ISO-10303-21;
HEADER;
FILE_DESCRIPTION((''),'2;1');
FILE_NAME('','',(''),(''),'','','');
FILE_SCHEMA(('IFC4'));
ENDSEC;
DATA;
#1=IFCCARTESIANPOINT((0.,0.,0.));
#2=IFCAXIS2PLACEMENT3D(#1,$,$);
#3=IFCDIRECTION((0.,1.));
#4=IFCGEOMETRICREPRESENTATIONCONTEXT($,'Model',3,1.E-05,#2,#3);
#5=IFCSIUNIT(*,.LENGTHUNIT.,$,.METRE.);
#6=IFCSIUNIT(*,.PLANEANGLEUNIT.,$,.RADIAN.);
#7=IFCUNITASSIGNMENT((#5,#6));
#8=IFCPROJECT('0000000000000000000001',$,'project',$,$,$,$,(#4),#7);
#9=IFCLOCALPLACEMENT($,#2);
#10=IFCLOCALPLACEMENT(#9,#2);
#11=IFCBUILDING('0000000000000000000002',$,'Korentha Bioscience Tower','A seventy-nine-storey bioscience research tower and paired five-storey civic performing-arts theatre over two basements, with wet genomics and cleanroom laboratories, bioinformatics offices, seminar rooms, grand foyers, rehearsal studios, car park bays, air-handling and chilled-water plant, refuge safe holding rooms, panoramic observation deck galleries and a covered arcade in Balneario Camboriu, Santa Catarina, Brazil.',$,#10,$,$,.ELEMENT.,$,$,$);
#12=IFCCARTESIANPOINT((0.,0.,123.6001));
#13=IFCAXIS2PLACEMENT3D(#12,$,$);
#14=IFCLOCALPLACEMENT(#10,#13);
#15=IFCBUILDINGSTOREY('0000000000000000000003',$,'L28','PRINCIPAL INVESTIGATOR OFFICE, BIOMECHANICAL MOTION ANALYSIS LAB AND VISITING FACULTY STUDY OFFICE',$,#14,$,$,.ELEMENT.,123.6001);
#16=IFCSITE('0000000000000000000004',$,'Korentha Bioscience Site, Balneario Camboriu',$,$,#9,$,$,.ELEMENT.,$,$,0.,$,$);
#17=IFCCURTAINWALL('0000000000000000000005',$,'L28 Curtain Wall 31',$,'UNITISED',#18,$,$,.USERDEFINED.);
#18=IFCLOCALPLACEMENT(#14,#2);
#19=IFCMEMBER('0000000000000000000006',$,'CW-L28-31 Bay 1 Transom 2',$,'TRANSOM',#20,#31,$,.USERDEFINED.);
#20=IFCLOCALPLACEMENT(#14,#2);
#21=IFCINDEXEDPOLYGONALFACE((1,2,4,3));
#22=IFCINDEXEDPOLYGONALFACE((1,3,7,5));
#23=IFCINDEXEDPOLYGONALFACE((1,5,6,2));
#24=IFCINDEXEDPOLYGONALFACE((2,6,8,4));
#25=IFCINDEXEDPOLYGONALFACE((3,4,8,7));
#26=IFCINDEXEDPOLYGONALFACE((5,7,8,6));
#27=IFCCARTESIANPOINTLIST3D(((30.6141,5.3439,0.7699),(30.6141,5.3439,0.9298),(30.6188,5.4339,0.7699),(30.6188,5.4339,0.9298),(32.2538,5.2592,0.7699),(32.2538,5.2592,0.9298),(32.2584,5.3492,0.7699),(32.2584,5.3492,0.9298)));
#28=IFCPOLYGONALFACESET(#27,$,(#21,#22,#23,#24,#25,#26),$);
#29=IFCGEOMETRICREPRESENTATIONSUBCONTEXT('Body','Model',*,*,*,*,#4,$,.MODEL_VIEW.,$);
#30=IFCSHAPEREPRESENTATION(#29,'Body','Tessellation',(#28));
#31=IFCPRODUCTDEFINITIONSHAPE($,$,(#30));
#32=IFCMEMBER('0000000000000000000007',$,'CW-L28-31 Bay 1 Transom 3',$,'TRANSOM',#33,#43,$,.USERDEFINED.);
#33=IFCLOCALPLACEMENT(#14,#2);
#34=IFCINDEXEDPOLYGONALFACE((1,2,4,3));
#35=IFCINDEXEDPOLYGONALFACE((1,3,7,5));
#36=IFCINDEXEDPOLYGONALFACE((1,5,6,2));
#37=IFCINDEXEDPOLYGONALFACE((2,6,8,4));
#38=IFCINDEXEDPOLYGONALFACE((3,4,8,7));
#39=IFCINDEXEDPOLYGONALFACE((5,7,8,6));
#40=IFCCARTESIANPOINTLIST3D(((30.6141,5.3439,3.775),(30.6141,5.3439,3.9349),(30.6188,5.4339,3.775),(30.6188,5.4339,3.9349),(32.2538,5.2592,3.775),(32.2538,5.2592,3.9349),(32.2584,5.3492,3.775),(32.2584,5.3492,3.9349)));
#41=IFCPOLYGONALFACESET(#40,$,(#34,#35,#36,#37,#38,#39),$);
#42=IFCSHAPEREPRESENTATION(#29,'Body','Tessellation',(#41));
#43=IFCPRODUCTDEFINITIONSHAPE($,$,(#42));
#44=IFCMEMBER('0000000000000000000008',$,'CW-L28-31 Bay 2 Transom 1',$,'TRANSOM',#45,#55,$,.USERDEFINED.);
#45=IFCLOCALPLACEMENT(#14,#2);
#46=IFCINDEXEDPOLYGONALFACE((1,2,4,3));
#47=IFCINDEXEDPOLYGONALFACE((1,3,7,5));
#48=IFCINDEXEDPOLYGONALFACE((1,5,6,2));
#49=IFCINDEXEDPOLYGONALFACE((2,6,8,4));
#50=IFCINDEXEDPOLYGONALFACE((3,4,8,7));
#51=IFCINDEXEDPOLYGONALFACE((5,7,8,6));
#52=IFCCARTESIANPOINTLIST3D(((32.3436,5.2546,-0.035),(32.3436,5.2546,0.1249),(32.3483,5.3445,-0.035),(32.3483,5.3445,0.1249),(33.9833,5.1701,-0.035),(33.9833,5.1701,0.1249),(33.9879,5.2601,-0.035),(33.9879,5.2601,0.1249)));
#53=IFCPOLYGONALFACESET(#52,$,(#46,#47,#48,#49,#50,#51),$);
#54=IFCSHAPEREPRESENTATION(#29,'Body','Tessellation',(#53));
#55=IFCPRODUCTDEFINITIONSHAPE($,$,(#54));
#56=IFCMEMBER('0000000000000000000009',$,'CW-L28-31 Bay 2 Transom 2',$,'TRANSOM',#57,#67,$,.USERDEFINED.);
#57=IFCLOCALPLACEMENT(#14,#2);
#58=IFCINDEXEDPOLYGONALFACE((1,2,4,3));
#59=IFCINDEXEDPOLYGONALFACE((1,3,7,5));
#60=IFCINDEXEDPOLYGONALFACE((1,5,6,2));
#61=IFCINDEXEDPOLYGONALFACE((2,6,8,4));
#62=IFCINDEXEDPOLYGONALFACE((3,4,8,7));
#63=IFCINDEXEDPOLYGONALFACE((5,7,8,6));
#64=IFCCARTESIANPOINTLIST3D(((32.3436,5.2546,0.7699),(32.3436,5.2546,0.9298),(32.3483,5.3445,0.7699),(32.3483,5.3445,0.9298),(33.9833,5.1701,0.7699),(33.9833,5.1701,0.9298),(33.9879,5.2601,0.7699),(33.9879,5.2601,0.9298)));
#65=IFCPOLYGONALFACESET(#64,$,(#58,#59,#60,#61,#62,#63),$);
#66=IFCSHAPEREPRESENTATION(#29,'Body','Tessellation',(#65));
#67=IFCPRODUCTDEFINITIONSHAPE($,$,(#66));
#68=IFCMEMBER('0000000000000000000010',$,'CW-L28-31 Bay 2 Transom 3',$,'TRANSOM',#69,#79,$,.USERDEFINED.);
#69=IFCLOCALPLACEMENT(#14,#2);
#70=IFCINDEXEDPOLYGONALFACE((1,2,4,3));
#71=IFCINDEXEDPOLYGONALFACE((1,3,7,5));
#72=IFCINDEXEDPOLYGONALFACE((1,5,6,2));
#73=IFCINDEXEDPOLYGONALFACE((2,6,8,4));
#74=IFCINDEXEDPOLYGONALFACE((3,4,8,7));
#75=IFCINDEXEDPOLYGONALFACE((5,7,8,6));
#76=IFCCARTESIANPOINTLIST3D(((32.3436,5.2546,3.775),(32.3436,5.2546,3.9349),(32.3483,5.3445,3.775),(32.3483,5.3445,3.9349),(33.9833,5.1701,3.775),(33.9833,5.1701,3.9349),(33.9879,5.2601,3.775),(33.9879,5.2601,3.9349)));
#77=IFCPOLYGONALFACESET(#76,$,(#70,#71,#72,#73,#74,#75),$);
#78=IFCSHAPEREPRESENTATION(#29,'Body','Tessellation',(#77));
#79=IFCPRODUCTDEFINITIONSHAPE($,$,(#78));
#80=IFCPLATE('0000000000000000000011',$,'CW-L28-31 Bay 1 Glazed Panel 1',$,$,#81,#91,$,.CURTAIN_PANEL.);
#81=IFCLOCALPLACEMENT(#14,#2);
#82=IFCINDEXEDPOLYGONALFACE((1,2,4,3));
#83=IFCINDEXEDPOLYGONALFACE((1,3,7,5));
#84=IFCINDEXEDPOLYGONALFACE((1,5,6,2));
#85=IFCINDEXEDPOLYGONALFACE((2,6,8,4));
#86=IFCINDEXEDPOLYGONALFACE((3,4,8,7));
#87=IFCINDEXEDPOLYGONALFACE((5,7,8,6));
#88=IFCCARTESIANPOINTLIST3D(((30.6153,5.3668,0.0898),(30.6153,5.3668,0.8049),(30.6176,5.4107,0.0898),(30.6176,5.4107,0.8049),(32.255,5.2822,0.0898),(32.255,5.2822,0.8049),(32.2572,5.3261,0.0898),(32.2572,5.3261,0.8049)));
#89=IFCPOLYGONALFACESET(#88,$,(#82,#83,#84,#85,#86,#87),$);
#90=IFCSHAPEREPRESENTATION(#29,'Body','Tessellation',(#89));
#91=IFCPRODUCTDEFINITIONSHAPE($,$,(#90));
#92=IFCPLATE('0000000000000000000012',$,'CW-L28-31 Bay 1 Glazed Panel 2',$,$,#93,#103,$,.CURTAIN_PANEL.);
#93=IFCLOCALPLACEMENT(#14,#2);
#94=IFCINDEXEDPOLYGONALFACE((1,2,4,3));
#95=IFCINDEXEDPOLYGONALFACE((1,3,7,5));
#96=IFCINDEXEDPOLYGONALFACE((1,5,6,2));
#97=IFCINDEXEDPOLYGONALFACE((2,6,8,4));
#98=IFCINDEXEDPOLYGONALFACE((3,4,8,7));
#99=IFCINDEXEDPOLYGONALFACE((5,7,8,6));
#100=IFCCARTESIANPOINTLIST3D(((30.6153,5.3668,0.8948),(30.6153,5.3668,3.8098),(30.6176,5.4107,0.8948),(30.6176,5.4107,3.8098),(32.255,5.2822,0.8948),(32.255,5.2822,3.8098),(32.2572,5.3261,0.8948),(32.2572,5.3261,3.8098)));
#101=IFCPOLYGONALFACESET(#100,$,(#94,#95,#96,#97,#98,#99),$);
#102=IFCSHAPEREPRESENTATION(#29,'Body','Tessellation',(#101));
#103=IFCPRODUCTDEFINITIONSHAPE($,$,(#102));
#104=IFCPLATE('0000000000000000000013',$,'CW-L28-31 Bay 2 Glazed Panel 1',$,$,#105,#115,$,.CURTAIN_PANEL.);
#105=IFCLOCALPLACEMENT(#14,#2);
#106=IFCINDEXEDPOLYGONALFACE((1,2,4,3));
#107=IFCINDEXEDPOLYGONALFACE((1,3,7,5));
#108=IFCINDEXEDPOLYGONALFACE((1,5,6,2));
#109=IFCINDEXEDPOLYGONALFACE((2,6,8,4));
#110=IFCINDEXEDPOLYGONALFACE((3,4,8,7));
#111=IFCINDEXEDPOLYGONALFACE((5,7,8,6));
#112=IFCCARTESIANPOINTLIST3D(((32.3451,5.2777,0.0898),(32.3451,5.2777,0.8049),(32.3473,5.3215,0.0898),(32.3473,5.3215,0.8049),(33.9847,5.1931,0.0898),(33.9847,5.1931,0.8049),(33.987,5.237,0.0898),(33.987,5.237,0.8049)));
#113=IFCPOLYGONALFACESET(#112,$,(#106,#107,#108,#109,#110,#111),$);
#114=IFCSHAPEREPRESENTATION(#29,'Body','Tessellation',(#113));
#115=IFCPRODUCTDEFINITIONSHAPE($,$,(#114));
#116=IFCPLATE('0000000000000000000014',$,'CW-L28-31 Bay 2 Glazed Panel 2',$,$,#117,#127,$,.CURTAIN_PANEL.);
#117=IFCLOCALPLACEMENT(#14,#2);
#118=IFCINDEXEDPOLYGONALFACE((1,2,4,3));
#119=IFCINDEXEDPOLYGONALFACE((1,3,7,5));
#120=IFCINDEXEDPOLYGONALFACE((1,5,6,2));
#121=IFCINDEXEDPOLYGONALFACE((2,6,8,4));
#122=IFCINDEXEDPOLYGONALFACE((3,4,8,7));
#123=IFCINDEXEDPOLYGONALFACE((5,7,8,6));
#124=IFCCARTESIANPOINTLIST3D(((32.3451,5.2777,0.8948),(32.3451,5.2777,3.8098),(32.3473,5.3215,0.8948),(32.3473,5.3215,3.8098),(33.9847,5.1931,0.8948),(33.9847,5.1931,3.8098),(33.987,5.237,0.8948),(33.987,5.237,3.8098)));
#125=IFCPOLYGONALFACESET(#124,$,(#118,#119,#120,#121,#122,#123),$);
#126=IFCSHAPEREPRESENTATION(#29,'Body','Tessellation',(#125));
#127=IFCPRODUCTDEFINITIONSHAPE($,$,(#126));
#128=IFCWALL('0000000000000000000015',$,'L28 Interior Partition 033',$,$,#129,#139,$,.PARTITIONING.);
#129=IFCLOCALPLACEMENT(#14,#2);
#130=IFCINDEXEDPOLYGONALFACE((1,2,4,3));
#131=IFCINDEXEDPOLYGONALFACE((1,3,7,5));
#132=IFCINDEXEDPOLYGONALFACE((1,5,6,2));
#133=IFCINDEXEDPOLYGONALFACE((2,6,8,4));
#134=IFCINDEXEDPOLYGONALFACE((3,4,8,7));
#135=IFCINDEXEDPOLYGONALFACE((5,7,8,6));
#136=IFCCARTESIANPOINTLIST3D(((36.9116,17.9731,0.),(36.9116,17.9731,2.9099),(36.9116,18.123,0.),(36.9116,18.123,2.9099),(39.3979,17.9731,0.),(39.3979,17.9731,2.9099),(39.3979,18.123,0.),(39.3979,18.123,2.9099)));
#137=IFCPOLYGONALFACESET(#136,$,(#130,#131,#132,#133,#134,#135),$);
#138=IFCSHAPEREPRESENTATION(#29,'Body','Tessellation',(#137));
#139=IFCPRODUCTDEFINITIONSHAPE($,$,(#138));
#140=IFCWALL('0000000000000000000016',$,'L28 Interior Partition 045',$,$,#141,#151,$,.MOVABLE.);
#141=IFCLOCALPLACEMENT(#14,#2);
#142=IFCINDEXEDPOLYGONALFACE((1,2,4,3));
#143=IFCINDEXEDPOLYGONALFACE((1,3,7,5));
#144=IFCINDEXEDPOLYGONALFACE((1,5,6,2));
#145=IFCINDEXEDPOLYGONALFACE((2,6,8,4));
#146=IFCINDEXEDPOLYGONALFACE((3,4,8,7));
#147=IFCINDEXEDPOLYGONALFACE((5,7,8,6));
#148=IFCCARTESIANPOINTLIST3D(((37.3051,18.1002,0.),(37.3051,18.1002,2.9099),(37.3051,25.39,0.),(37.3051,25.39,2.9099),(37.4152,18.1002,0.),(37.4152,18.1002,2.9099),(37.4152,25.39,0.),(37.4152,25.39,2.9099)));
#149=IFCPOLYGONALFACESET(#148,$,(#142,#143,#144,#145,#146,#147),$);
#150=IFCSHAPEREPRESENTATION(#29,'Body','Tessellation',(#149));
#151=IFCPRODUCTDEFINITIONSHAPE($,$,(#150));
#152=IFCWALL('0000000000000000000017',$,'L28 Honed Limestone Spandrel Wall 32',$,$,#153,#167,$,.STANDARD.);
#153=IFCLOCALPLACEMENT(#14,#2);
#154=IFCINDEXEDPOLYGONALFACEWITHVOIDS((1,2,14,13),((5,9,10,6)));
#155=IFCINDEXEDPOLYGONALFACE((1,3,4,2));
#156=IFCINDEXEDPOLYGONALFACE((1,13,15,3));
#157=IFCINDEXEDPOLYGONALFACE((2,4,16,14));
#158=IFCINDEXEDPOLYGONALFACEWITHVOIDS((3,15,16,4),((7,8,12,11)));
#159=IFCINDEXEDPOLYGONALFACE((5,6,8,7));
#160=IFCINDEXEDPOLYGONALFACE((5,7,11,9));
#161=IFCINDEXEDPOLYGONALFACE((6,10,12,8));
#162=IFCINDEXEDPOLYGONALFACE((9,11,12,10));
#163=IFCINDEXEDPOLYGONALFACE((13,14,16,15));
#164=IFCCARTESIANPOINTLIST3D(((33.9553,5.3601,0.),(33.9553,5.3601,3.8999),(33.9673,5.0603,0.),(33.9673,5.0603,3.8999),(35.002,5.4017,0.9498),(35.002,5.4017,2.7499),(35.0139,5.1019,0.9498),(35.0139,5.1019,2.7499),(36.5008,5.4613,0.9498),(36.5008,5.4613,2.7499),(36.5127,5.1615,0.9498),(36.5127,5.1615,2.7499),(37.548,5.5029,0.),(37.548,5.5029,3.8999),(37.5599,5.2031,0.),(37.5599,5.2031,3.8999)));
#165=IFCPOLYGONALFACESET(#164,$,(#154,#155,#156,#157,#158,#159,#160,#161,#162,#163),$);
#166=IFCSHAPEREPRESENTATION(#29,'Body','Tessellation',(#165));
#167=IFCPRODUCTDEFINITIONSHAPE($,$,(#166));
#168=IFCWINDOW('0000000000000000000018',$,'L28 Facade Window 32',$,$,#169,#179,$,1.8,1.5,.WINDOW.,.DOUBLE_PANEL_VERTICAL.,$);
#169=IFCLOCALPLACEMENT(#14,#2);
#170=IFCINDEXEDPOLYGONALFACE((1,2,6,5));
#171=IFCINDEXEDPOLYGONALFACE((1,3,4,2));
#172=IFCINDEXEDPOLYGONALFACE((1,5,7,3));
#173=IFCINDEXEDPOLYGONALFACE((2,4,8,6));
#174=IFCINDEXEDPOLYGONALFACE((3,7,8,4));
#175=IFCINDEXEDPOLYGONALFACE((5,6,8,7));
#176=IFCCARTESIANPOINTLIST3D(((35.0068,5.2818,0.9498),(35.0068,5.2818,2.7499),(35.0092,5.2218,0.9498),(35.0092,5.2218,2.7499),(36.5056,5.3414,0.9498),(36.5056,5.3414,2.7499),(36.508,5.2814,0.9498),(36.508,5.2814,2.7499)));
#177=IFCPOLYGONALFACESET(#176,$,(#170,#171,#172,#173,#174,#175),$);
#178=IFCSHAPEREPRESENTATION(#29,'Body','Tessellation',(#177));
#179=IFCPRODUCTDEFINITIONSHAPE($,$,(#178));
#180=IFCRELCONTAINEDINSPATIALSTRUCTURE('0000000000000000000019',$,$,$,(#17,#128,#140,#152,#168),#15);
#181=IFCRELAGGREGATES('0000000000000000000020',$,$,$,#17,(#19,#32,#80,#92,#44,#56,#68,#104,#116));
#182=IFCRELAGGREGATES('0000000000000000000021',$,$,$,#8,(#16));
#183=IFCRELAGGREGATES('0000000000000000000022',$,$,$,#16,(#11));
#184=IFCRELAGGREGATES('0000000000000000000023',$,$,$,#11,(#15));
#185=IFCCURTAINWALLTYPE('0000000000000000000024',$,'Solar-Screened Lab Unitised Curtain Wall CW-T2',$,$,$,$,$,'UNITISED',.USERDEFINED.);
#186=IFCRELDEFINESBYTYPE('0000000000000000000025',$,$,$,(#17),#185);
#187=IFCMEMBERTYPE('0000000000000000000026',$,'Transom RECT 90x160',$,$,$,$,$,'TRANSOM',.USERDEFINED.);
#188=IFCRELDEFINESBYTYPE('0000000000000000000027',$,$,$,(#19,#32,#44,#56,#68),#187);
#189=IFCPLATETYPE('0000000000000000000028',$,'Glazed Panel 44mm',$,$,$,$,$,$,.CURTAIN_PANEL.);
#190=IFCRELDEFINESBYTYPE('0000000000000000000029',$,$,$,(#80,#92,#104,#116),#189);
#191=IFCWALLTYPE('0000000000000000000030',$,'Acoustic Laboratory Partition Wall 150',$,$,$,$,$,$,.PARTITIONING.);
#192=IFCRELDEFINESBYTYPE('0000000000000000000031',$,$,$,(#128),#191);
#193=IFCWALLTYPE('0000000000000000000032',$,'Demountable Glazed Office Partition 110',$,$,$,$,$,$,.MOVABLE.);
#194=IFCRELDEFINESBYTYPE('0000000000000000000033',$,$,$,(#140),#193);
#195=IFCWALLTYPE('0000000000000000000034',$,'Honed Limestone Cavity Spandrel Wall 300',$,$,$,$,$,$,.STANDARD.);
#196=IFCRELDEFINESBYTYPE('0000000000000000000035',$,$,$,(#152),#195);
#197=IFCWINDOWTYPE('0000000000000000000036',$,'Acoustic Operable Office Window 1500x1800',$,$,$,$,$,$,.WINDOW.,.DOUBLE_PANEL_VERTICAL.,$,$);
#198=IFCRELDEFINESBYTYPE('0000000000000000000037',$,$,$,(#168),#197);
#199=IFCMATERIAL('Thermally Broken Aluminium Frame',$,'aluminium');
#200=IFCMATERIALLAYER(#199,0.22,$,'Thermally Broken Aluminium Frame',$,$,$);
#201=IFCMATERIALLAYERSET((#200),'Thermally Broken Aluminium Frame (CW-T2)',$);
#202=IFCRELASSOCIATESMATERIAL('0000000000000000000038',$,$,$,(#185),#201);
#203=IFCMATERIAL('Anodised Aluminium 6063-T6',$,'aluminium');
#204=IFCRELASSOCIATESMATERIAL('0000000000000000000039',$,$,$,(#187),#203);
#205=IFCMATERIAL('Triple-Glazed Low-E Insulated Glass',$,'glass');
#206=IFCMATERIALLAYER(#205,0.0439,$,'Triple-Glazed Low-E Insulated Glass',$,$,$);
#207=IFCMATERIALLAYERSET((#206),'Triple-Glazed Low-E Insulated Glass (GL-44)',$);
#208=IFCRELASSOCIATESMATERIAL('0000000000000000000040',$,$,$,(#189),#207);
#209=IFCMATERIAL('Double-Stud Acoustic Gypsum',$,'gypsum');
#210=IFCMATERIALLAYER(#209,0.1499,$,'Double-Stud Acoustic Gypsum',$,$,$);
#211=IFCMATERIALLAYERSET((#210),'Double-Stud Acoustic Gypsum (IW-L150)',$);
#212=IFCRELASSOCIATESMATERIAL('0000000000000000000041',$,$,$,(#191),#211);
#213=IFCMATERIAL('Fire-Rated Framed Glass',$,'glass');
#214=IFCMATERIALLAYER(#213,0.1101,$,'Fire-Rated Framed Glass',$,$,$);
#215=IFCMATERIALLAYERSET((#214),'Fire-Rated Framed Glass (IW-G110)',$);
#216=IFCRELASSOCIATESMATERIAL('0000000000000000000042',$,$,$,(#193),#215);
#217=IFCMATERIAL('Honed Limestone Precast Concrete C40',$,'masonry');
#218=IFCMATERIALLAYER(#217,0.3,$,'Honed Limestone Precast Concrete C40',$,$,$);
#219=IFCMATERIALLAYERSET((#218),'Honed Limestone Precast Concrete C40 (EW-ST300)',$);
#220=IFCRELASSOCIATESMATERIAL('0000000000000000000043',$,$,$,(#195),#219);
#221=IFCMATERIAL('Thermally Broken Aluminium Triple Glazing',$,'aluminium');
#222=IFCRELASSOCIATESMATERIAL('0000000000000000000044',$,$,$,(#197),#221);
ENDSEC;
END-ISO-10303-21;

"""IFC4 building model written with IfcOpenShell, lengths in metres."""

from ifc_helpers import new_model, si_unit, direction, frame, frame_2d, origin, origin_2d, place, context, subcontext, project, spatial, rectangle, extrude, material, layer, layer_set, material_profile, profile_set, type_object, element, fill, aggregate, save


model = new_model("IFC4")

# Units and contexts
model_context = context("Model", 3, precision=1e-05, world=origin(), true_north=direction((0.0, 1.0)))
body_context = subcontext(model_context, "Body", "Model", "MODEL_VIEW")
ifc_project = project(units=[si_unit("LENGTHUNIT", "METRE"), si_unit("PLANEANGLEUNIT", "RADIAN")], contexts=[model_context])

# Site, building, storey
site_placement = place(None, origin())
site = spatial("IfcSite", under=ifc_project, at=site_placement, Name="Korentha Bioscience Site, Balneario Camboriu", CompositionType="ELEMENT", RefElevation=0.0)
building_placement = place(site_placement, origin())
building = spatial("IfcBuilding", under=site, at=building_placement, Name="Korentha Bioscience Tower", Description="A seventy-nine-storey bioscience research tower and paired five-storey civic performing-arts theatre over two basements, with wet genomics and cleanroom laboratories, bioinformatics offices, seminar rooms, grand foyers, rehearsal studios, car park bays, air-handling and chilled-water plant, refuge safe holding rooms, panoramic observation deck galleries and a covered arcade in Balneario Camboriu, Santa Catarina, Brazil.", CompositionType="ELEMENT")
storey_placement = place(building_placement, frame((0.0, 0.0, 123.6001)))
storey = spatial("IfcBuildingStorey", under=building, at=storey_placement, Name="L28", Description="PRINCIPAL INVESTIGATOR OFFICE, BIOMECHANICAL MOTION ANALYSIS LAB AND VISITING FACULTY STUDY OFFICE", CompositionType="ELEMENT", Elevation=123.6001)

# Curtain wall
ifc_material_1 = material(Name="Thermally Broken Aluminium Frame", Category="aluminium")
ifc_layer_1 = layer(ifc_material_1, 0.22, Name="Thermally Broken Aluminium Frame")
ifc_layer_set_1 = layer_set([ifc_layer_1], Name="Thermally Broken Aluminium Frame (CW-T2)")
curtain_wall_type = type_object("IfcCurtainWallType", Name="Solar-Screened Lab Unitised Curtain Wall CW-T2", ElementType="UNITISED", PredefinedType="USERDEFINED", material=ifc_layer_set_1)
curtain_wall_placement = place(storey_placement, origin())
curtain_wall = element("IfcCurtainWall", 1, at=curtain_wall_placement, inside=storey, type_object=curtain_wall_type, Name="L28 Curtain Wall 31", ObjectType="UNITISED", PredefinedType="USERDEFINED")
ifc_material_2 = material(Name="Anodised Aluminium 6063-T6", Category="aluminium")

# Members
ifc_material_profile_1 = material_profile(ifc_material_2, rectangle(XDim=0.0901, YDim=0.1599, at=origin_2d()), Name="Anodised Aluminium 6063-T6")
ifc_profile_set_1 = profile_set([ifc_material_profile_1], Name="Anodised Aluminium 6063-T6 (CW-TRN)")
member_type_1 = type_object("IfcMemberType", Name="Transom RECT 90x160", ElementType="TRANSOM", PredefinedType="USERDEFINED", material=ifc_profile_set_1)
member_1_placement = place(storey_placement, frame((30.6165, 5.3889, 0.8499), z_axis=(0.998668, -0.051599, 0.0), x_axis=(0.051599, 0.998668, 0.0)))
member_1 = element("IfcMember", 2, at=member_1_placement, type_object=member_type_1, Name="CW-L28-31 Bay 1 Transom 2", ObjectType="TRANSOM", PredefinedType="USERDEFINED", context=body_context, shape_type="SweptSolid", body=[
    extrude(rectangle(XDim=0.0901, YDim=0.1599, at=origin_2d()), origin(), (0.0, 0.0, 1.0), 1.6418),
])
member_2_placement = place(storey_placement, frame((30.6165, 5.3889, 3.855), z_axis=(0.998668, -0.051599, 0.0), x_axis=(0.051599, 0.998668, 0.0)))
member_2 = element("IfcMember", 3, at=member_2_placement, type_object=member_type_1, Name="CW-L28-31 Bay 1 Transom 3", ObjectType="TRANSOM", PredefinedType="USERDEFINED", context=body_context, shape_type="SweptSolid", body=[
    extrude(rectangle(XDim=0.0901, YDim=0.1599, at=origin_2d()), origin(), (0.0, 0.0, 1.0), 1.6418),
])
member_3_placement = place(storey_placement, frame((32.3459, 5.2996, 0.0449), z_axis=(0.998676, -0.051451, 0.0), x_axis=(0.051451, 0.998676, 0.0)))
member_3 = element("IfcMember", 4, at=member_3_placement, type_object=member_type_1, Name="CW-L28-31 Bay 2 Transom 1", ObjectType="TRANSOM", PredefinedType="USERDEFINED", context=body_context, shape_type="SweptSolid", body=[
    extrude(rectangle(XDim=0.0901, YDim=0.1599, at=origin_2d()), origin(), (0.0, 0.0, 1.0), 1.6418),
])
member_4_placement = place(storey_placement, frame((32.3459, 5.2996, 0.8499), z_axis=(0.998676, -0.051451, 0.0), x_axis=(0.051451, 0.998676, 0.0)))
member_4 = element("IfcMember", 5, at=member_4_placement, type_object=member_type_1, Name="CW-L28-31 Bay 2 Transom 2", ObjectType="TRANSOM", PredefinedType="USERDEFINED", context=body_context, shape_type="SweptSolid", body=[
    extrude(rectangle(XDim=0.0901, YDim=0.1599, at=origin_2d()), origin(), (0.0, 0.0, 1.0), 1.6418),
])
member_5_placement = place(storey_placement, frame((32.3459, 5.2996, 3.855), z_axis=(0.998676, -0.051451, 0.0), x_axis=(0.051451, 0.998676, 0.0)))
member_5 = element("IfcMember", 6, at=member_5_placement, type_object=member_type_1, Name="CW-L28-31 Bay 2 Transom 3", ObjectType="TRANSOM", PredefinedType="USERDEFINED", context=body_context, shape_type="SweptSolid", body=[
    extrude(rectangle(XDim=0.0901, YDim=0.1599, at=origin_2d()), origin(), (0.0, 0.0, 1.0), 1.6418),
])

# Plates
ifc_material_3 = material(Name="Triple-Glazed Low-E Insulated Glass", Category="glass")
ifc_layer_2 = layer(ifc_material_3, 0.0439, Name="Triple-Glazed Low-E Insulated Glass")
ifc_layer_set_2 = layer_set([ifc_layer_2], Name="Triple-Glazed Low-E Insulated Glass (GL-44)")
plate_type = type_object("IfcPlateType", Name="Glazed Panel 44mm", PredefinedType="CURTAIN_PANEL", material=ifc_layer_set_2)
plate_1_placement = place(storey_placement, frame((31.4363, 5.3464, 0.0898), z_axis=(0.0, 0.0, 1.0), x_axis=(0.998673, -0.051495, 0.0)))
plate_1 = element("IfcPlate", 7, at=plate_1_placement, type_object=plate_type, Name="CW-L28-31 Bay 1 Glazed Panel 1", PredefinedType="CURTAIN_PANEL", context=body_context, shape_type="SweptSolid", body=[
    extrude(rectangle(XDim=1.6418, YDim=0.0439, at=origin_2d()), origin(), (0.0, 0.0, 1.0), 0.7151),
])
plate_2_placement = place(storey_placement, frame((31.4363, 5.3464, 0.8948), z_axis=(0.0, 0.0, 1.0), x_axis=(0.998673, -0.051495, 0.0)))
plate_2 = element("IfcPlate", 8, at=plate_2_placement, type_object=plate_type, Name="CW-L28-31 Bay 1 Glazed Panel 2", PredefinedType="CURTAIN_PANEL", context=body_context, shape_type="SweptSolid", body=[
    extrude(rectangle(XDim=1.6418, YDim=0.0439, at=origin_2d()), origin(), (0.0, 0.0, 1.0), 2.915),
])
plate_3_placement = place(storey_placement, frame((33.166, 5.2573, 0.0898), z_axis=(0.0, 0.0, 1.0), x_axis=(0.998673, -0.051495, 0.0)))
plate_3 = element("IfcPlate", 9, at=plate_3_placement, type_object=plate_type, Name="CW-L28-31 Bay 2 Glazed Panel 1", PredefinedType="CURTAIN_PANEL", context=body_context, shape_type="SweptSolid", body=[
    extrude(rectangle(XDim=1.6418, YDim=0.0439, at=origin_2d()), origin(), (0.0, 0.0, 1.0), 0.7151),
])
plate_4_placement = place(storey_placement, frame((33.166, 5.2573, 0.8948), z_axis=(0.0, 0.0, 1.0), x_axis=(0.998673, -0.051495, 0.0)))
plate_4 = element("IfcPlate", 10, at=plate_4_placement, type_object=plate_type, Name="CW-L28-31 Bay 2 Glazed Panel 2", PredefinedType="CURTAIN_PANEL", context=body_context, shape_type="SweptSolid", body=[
    extrude(rectangle(XDim=1.6418, YDim=0.0439, at=origin_2d()), origin(), (0.0, 0.0, 1.0), 2.915),
])
aggregate(curtain_wall, [member_1, member_2, plate_1, plate_2, member_3, member_4, member_5, plate_3, plate_4])

# Walls
ifc_material_4 = material(Name="Double-Stud Acoustic Gypsum", Category="gypsum")
ifc_layer_3 = layer(ifc_material_4, 0.1499, Name="Double-Stud Acoustic Gypsum")
ifc_layer_set_3 = layer_set([ifc_layer_3], Name="Double-Stud Acoustic Gypsum (IW-L150)")
wall_type_1 = type_object("IfcWallType", Name="Acoustic Laboratory Partition Wall 150", PredefinedType="PARTITIONING", material=ifc_layer_set_3)
wall_1_placement = place(storey_placement, frame((36.9116, 18.0481, 0.0), z_axis=(0.0, 0.0, 1.0), x_axis=(1.0, 0.0, 0.0)))
element("IfcWall", 11, at=wall_1_placement, inside=storey, type_object=wall_type_1, Name="L28 Interior Partition 033", PredefinedType="PARTITIONING", context=body_context, shape_type="SweptSolid", body=[
    extrude(rectangle(XDim=2.4863, YDim=0.1499, at=frame_2d((1.2432, 0.0))), origin(), (0.0, 0.0, 1.0), 2.9099),
])
ifc_material_5 = material(Name="Fire-Rated Framed Glass", Category="glass")
ifc_layer_4 = layer(ifc_material_5, 0.1101, Name="Fire-Rated Framed Glass")
ifc_layer_set_4 = layer_set([ifc_layer_4], Name="Fire-Rated Framed Glass (IW-G110)")
wall_type_2 = type_object("IfcWallType", Name="Demountable Glazed Office Partition 110", PredefinedType="MOVABLE", material=ifc_layer_set_4)
wall_2_placement = place(storey_placement, frame((37.3601, 18.1001, 0.0), z_axis=(0.0, 0.0, 1.0), x_axis=(0.0, 1.0, 0.0)))
element("IfcWall", 12, at=wall_2_placement, inside=storey, type_object=wall_type_2, Name="L28 Interior Partition 045", PredefinedType="MOVABLE", context=body_context, shape_type="SweptSolid", body=[
    extrude(rectangle(XDim=7.2898, YDim=0.1101, at=frame_2d((3.645, 0.0))), origin(), (0.0, 0.0, 1.0), 2.9099),
])

# Wall, opening, window
ifc_material_6 = material(Name="Honed Limestone Precast Concrete C40", Category="masonry")
ifc_layer_5 = layer(ifc_material_6, 0.3, Name="Honed Limestone Precast Concrete C40")
ifc_layer_set_5 = layer_set([ifc_layer_5], Name="Honed Limestone Precast Concrete C40 (EW-ST300)")
wall_type_3 = type_object("IfcWallType", Name="Honed Limestone Cavity Spandrel Wall 300", PredefinedType="STANDARD", material=ifc_layer_set_5)
wall_3_placement = place(storey_placement, frame((33.9612, 5.2102, 0.0), z_axis=(0.0, 0.0, 1.0), x_axis=(0.999211, 0.039724, 0.0)))
wall_3 = element("IfcWall", 13, at=wall_3_placement, inside=storey, type_object=wall_type_3, Name="L28 Honed Limestone Spandrel Wall 32", PredefinedType="STANDARD", context=body_context, shape_type="SweptSolid", body=[
    extrude(rectangle(XDim=3.5955, YDim=0.3, at=frame_2d((1.7979, 0.0))), origin(), (0.0, 0.0, 1.0), 3.8999),
])
opening_placement = place(wall_3_placement, frame((1.0476, 0.0, 0.95)))
opening = element("IfcOpeningElement", 14, at=opening_placement, cuts=wall_3, PredefinedType="OPENING", context=body_context, shape_type="SweptSolid", body=[
    extrude(rectangle(XDim=1.5, YDim=1.8, at=frame_2d((0.75, 0.8999))), frame((0.0, 0.165, 0.0), z_axis=(0.0, -1.0, 0.0), x_axis=(1.0, 0.0, 0.0)), (0.0, 0.0, 1.0), 0.3298),
])
ifc_material_7 = material(Name="Thermally Broken Aluminium Triple Glazing", Category="aluminium")
window_type = type_object("IfcWindowType", Name="Acoustic Operable Office Window 1500x1800", PartitioningType="DOUBLE_PANEL_VERTICAL", PredefinedType="WINDOW", material=ifc_material_7)
window_placement = place(opening_placement, origin())
window = element("IfcWindow", 15, at=window_placement, inside=storey, type_object=window_type, Name="L28 Facade Window 32", OverallHeight=1.8, OverallWidth=1.5, PartitioningType="DOUBLE_PANEL_VERTICAL", PredefinedType="WINDOW", context=body_context, shape_type="SweptSolid", body=[
    extrude(rectangle(XDim=1.5, YDim=1.8, at=frame_2d((0.75, 0.8999))), frame((0.0, 0.03, 0.0), z_axis=(0.0, -1.0, 0.0), x_axis=(1.0, 0.0, 0.0)), (0.0, 0.0, 1.0), 0.0601),
])
fill(opening, window)

save(model, "model.ifc")
